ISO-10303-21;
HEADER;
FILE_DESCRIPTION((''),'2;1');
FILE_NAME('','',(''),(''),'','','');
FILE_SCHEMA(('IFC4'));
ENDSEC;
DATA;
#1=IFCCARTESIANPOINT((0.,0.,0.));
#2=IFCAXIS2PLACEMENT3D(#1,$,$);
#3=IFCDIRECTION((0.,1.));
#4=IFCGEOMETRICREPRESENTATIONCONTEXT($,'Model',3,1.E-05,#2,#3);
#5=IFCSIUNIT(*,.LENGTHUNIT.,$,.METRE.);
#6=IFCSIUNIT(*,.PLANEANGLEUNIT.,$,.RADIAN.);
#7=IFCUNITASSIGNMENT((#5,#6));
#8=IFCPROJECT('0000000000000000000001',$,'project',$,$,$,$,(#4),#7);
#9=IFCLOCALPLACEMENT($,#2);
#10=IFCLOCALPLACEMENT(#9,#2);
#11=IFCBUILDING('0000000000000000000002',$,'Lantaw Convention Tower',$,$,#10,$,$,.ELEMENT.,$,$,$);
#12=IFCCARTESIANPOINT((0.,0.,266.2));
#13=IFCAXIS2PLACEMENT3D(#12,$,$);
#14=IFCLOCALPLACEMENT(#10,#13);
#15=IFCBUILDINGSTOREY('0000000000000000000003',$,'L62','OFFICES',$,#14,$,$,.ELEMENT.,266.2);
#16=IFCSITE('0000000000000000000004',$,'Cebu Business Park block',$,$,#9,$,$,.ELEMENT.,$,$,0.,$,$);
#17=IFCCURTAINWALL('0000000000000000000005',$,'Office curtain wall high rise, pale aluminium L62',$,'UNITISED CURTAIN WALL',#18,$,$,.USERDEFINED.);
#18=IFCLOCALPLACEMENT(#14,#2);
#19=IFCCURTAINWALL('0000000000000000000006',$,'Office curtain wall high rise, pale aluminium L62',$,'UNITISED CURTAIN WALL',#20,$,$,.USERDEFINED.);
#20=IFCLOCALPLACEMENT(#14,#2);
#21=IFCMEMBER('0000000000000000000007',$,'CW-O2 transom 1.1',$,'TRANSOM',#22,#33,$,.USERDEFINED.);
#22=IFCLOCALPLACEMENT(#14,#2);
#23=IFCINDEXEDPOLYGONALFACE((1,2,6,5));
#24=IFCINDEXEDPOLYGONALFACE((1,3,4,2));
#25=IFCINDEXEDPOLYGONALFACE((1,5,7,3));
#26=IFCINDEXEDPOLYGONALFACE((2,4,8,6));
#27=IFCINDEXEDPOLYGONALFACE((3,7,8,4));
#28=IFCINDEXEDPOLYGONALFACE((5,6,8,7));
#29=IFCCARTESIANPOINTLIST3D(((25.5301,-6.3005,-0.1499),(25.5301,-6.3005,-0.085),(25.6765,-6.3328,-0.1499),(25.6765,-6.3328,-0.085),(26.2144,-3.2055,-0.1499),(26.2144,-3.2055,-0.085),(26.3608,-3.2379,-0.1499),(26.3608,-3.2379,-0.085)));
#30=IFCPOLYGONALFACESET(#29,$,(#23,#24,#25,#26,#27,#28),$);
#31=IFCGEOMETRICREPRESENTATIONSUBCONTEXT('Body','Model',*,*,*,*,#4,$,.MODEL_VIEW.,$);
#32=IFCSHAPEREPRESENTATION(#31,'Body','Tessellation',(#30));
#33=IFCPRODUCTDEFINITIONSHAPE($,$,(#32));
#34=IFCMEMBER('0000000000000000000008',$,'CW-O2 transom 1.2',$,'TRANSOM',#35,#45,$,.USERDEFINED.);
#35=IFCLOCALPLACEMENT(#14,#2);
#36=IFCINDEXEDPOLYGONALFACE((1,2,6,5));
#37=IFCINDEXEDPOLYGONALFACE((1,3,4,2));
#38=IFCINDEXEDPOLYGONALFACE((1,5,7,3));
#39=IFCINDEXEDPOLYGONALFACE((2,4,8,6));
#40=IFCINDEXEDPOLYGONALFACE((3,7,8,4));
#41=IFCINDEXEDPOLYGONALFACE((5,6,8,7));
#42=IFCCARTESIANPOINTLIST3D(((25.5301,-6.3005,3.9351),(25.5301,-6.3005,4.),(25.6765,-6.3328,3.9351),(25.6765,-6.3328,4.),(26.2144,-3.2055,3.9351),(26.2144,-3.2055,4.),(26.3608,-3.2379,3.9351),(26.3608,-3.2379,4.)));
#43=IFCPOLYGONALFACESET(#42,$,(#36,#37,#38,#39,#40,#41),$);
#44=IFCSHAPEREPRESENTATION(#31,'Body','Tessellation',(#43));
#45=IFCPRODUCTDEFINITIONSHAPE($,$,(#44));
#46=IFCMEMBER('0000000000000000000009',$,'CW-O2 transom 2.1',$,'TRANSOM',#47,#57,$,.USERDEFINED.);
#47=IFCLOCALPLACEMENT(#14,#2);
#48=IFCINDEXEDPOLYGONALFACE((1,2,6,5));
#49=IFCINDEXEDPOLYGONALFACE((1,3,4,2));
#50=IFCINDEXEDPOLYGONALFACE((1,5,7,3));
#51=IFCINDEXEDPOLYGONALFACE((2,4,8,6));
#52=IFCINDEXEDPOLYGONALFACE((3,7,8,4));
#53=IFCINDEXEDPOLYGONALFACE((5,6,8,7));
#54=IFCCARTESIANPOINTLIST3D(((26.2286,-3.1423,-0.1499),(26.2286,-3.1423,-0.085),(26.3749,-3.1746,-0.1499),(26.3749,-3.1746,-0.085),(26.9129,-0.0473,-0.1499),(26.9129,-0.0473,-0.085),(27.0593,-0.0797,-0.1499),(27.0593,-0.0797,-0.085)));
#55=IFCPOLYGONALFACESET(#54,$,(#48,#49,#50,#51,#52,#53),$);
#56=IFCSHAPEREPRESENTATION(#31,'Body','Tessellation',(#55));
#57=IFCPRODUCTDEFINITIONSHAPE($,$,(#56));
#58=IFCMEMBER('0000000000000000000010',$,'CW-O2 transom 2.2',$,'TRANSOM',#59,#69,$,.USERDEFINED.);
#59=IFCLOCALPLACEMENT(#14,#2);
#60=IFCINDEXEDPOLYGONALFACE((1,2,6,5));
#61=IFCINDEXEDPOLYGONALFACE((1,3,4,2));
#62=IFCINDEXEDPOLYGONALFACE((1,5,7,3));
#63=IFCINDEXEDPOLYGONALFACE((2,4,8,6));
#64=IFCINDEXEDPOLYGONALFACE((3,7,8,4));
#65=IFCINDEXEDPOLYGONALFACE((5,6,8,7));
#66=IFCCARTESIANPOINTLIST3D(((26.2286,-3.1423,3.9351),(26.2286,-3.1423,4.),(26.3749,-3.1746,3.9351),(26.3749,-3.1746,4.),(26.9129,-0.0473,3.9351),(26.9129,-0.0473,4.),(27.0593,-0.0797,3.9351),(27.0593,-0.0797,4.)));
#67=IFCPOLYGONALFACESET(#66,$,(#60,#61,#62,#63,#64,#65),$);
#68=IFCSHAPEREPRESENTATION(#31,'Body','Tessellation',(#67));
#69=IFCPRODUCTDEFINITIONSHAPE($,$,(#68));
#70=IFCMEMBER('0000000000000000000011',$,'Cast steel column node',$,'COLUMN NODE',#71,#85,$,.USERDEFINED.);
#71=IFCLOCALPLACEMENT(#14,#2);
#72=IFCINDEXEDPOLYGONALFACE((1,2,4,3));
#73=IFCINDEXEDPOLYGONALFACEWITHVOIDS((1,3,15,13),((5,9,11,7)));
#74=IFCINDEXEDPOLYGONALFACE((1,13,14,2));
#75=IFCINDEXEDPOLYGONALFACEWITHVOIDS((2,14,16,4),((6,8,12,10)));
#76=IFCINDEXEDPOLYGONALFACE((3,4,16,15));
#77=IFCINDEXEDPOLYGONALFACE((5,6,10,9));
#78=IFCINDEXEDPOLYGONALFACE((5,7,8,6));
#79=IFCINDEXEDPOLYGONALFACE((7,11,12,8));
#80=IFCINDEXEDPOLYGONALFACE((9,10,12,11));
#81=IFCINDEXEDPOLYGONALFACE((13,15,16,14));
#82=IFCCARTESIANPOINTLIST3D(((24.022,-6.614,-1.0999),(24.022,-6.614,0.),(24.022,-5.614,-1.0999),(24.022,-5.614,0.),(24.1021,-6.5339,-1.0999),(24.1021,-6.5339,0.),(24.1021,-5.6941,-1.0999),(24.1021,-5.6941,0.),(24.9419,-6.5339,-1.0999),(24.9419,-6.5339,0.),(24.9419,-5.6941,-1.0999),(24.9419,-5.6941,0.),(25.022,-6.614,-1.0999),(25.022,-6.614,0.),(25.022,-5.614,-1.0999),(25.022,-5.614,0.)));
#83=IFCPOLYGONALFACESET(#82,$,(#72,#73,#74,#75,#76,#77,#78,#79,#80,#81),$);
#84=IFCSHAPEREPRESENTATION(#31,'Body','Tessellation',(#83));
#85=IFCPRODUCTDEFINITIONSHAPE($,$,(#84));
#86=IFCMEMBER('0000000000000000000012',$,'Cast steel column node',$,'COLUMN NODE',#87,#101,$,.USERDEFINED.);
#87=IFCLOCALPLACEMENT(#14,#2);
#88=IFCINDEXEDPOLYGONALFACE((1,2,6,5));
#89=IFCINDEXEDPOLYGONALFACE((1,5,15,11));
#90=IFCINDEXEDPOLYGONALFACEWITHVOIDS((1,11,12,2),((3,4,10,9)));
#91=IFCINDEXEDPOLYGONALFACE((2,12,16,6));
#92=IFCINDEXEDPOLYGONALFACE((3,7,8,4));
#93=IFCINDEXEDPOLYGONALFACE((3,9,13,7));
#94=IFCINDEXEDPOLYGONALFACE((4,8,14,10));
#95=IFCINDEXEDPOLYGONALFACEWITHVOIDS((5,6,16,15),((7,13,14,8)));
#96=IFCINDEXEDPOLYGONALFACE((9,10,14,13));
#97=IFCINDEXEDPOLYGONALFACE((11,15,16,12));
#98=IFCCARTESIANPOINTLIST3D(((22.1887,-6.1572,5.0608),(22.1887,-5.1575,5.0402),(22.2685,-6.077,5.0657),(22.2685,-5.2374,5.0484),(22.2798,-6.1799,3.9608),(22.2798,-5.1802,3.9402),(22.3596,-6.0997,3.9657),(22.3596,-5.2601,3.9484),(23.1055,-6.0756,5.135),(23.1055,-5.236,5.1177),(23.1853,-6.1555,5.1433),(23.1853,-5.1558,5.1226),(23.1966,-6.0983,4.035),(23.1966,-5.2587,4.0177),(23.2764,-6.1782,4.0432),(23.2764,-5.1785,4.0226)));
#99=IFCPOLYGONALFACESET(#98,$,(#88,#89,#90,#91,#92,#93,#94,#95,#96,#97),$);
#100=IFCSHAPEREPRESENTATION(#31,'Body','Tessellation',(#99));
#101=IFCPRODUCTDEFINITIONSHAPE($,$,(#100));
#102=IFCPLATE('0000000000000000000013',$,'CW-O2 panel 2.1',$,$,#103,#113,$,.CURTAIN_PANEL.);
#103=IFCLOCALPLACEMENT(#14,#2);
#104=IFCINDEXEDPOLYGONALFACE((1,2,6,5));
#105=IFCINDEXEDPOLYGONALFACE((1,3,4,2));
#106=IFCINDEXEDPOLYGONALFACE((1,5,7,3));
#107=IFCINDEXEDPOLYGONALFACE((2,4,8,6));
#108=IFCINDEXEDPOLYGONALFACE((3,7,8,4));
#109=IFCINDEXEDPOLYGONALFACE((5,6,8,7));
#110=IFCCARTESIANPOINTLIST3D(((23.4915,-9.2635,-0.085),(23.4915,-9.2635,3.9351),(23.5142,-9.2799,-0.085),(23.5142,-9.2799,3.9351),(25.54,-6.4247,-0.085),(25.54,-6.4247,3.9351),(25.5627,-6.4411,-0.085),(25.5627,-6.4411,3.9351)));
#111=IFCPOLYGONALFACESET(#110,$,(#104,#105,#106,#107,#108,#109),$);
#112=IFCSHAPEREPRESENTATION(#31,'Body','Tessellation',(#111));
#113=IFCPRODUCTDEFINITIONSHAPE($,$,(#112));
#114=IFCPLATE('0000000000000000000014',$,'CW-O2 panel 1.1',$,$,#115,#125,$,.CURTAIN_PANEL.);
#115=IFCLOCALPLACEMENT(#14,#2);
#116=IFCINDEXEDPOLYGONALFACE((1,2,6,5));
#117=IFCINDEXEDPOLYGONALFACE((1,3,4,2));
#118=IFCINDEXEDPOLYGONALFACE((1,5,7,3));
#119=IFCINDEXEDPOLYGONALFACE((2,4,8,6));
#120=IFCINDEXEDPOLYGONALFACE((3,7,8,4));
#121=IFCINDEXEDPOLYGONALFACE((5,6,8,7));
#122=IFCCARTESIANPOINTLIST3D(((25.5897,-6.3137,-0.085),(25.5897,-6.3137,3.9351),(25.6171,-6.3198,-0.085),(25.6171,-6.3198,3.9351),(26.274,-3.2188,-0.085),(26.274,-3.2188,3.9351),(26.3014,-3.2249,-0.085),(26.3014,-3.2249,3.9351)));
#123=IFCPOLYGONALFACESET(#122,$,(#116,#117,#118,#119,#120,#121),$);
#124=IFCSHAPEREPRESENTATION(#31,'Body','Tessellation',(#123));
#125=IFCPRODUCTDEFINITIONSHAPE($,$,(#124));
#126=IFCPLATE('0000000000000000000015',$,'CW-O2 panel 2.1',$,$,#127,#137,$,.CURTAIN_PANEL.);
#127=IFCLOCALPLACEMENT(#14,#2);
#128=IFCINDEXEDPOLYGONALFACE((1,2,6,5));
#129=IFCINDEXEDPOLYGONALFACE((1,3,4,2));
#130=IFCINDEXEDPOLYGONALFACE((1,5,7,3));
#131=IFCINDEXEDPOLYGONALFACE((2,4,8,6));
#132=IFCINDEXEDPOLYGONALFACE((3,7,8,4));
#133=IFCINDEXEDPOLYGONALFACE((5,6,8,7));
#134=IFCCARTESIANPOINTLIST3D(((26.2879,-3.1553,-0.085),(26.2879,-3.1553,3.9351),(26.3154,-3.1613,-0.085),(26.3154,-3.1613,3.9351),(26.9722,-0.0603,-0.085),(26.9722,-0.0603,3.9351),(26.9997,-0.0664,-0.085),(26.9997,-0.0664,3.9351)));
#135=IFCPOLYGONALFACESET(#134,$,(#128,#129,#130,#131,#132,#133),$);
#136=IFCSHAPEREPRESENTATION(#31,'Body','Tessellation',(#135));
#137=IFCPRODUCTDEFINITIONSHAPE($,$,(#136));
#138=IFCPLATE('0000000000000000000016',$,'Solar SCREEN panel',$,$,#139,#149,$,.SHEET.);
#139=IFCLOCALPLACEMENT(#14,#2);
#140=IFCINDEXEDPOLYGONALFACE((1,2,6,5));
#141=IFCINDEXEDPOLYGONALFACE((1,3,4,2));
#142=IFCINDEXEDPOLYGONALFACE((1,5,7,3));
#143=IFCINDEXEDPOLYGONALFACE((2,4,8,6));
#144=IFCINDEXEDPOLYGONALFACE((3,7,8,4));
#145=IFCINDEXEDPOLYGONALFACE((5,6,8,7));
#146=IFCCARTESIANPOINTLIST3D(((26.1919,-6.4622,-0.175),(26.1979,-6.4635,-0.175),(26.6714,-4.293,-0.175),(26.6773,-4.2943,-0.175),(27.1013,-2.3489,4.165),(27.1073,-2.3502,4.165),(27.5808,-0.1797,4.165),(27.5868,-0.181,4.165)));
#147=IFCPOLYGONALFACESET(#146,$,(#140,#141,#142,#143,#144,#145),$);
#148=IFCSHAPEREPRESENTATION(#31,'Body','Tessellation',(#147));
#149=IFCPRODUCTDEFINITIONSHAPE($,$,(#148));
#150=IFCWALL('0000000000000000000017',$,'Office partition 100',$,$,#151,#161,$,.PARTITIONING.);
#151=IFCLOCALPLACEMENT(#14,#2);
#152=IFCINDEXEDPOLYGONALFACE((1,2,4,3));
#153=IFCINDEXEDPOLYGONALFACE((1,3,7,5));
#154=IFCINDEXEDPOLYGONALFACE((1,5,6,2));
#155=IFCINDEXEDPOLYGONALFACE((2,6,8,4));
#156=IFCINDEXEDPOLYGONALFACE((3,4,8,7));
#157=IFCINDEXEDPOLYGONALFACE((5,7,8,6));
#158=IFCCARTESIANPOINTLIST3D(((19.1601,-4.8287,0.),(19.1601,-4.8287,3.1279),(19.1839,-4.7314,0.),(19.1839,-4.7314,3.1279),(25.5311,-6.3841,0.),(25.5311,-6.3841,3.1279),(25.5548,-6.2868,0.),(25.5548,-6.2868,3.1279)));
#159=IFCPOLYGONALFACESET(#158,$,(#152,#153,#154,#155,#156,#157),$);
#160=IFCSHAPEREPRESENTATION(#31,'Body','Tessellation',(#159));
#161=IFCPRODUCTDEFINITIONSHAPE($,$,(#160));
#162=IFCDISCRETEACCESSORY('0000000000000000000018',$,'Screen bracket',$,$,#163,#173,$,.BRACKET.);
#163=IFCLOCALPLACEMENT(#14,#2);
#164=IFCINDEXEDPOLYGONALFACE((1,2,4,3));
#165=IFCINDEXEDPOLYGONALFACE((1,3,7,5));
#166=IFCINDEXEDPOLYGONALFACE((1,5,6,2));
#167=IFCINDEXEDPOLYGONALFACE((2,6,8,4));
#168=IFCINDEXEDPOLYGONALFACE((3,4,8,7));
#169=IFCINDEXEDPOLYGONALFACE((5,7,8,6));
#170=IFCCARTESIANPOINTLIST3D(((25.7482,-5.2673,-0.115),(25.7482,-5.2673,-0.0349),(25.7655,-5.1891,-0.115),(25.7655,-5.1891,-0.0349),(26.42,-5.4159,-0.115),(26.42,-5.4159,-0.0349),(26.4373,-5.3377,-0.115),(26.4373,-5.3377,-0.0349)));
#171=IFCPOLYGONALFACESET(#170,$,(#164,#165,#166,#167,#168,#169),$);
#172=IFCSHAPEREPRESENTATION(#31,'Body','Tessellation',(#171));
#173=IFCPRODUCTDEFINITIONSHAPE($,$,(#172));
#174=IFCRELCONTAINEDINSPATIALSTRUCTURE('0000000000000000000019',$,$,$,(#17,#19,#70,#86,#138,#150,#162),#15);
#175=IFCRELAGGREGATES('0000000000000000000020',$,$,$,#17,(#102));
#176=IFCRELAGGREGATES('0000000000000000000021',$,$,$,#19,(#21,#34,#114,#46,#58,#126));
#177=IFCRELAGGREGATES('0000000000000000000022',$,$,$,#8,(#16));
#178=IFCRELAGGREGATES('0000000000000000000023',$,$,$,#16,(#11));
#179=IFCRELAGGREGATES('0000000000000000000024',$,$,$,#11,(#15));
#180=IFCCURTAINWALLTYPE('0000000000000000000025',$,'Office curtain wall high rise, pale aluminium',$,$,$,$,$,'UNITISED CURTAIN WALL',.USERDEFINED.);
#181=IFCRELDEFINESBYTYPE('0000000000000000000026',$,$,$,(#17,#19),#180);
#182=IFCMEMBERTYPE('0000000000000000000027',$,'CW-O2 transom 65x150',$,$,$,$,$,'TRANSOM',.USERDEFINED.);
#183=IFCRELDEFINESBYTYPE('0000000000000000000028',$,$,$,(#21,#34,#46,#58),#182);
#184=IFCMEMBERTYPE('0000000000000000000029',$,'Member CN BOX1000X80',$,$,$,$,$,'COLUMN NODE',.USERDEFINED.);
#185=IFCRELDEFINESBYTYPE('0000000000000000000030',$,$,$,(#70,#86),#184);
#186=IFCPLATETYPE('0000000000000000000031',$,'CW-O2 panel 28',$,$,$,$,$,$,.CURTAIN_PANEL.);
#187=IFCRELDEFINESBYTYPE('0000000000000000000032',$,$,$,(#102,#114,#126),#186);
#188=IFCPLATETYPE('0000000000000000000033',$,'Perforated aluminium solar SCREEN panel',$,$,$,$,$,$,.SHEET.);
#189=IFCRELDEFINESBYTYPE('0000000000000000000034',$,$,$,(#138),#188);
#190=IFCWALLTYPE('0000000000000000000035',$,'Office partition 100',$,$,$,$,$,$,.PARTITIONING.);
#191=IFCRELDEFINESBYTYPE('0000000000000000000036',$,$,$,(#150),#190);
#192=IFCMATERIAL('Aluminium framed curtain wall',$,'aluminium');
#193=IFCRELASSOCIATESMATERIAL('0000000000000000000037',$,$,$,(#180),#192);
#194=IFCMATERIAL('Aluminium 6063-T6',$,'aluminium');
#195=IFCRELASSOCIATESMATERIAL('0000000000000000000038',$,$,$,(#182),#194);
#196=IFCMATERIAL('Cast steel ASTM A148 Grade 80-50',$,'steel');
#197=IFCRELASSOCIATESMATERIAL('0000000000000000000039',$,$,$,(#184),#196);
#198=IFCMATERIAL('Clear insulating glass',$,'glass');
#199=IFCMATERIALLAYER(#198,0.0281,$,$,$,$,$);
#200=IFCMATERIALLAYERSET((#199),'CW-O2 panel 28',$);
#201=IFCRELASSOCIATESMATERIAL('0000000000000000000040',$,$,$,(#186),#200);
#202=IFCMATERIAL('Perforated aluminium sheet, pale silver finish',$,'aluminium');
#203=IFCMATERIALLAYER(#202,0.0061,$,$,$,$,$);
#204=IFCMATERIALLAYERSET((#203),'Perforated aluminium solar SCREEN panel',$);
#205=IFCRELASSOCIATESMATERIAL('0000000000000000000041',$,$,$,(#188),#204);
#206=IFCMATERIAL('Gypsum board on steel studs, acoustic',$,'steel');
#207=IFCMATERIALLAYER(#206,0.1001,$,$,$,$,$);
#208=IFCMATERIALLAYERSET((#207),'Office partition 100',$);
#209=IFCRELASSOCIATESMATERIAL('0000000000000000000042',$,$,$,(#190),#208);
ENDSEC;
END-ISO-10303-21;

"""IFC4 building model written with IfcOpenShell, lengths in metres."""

from ifc_helpers import new_model, si_unit, direction, frame, frame_2d, origin, origin_2d, place, context, subcontext, project, spatial, polyline, rectangle, hollow_rectangle, outline, extrude, material, layer, layer_set, material_profile, profile_set, type_object, element, aggregate, save


model = new_model("IFC4")

# Units and contexts
model_context = context("Model", 3, precision=1e-05, world=origin(), true_north=direction((0.0, 1.0)))
body_context = subcontext(model_context, "Body", "Model", "MODEL_VIEW")
ifc_project = project(units=[si_unit("LENGTHUNIT", "METRE"), si_unit("PLANEANGLEUNIT", "RADIAN")], contexts=[model_context])

# Site, building, storey
site_placement = place(None, origin())
site = spatial("IfcSite", under=ifc_project, at=site_placement, Name="Cebu Business Park block", CompositionType="ELEMENT", RefElevation=0.0)
building_placement = place(site_placement, origin())
building = spatial("IfcBuilding", under=site, at=building_placement, Name="Lantaw Convention Tower", CompositionType="ELEMENT")
storey_placement = place(building_placement, frame((0.0, 0.0, 266.2)))
storey = spatial("IfcBuildingStorey", under=building, at=storey_placement, Name="L62", Description="OFFICES", CompositionType="ELEMENT", Elevation=266.2)

# Curtain wall
ifc_material_1 = material(Name="Aluminium framed curtain wall", Category="aluminium")
curtain_wall_type = type_object("IfcCurtainWallType", Name="Office curtain wall high rise, pale aluminium", ElementType="UNITISED CURTAIN WALL", PredefinedType="USERDEFINED", material=ifc_material_1)
curtain_wall_1_placement = place(storey_placement, origin())
curtain_wall_1 = element("IfcCurtainWall", 1, at=curtain_wall_1_placement, inside=storey, type_object=curtain_wall_type, Name="Office curtain wall high rise, pale aluminium L62", ObjectType="UNITISED CURTAIN WALL", PredefinedType="USERDEFINED")
ifc_material_2 = material(Name="Aluminium 6063-T6", Category="aluminium")

# Curtain wall
curtain_wall_2_placement = place(storey_placement, origin())
curtain_wall_2 = element("IfcCurtainWall", 2, at=curtain_wall_2_placement, inside=storey, type_object=curtain_wall_type, Name="Office curtain wall high rise, pale aluminium L62", ObjectType="UNITISED CURTAIN WALL", PredefinedType="USERDEFINED")

# Members
ifc_material_profile_1 = material_profile(ifc_material_2, rectangle(XDim=0.1499, YDim=0.0649, at=origin_2d()), Name="CW-O2 transom 65x150")
ifc_profile_set_1 = profile_set([ifc_material_profile_1], Name="Aluminium 6063-T6")
member_type_1 = type_object("IfcMemberType", Name="CW-O2 transom 65x150", ElementType="TRANSOM", PredefinedType="USERDEFINED", material=ifc_profile_set_1)
member_1_placement = place(storey_placement, frame((25.6033, -6.3167, -0.1174), z_axis=(0.215895, 0.976417, 0.0), x_axis=(-0.976417, 0.215895, 0.0)))
member_1 = element("IfcMember", 3, at=member_1_placement, type_object=member_type_1, Name="CW-O2 transom 1.1", ObjectType="TRANSOM", PredefinedType="USERDEFINED", context=body_context, shape_type="SweptSolid", body=[
    extrude(rectangle(XDim=0.1499, YDim=0.0649, at=origin_2d()), origin(), (0.0, 0.0, 1.0), 3.1697),
])
member_2_placement = place(storey_placement, frame((25.6033, -6.3167, 3.9675), z_axis=(0.215895, 0.976417, 0.0), x_axis=(-0.976417, 0.215895, 0.0)))
member_2 = element("IfcMember", 4, at=member_2_placement, type_object=member_type_1, Name="CW-O2 transom 1.2", ObjectType="TRANSOM", PredefinedType="USERDEFINED", context=body_context, shape_type="SweptSolid", body=[
    extrude(rectangle(XDim=0.1499, YDim=0.0649, at=origin_2d()), origin(), (0.0, 0.0, 1.0), 3.1697),
])
member_3_placement = place(storey_placement, frame((26.3018, -3.1584, -0.1174), z_axis=(0.215895, 0.976417, 0.0), x_axis=(-0.976417, 0.215895, 0.0)))
member_3 = element("IfcMember", 5, at=member_3_placement, type_object=member_type_1, Name="CW-O2 transom 2.1", ObjectType="TRANSOM", PredefinedType="USERDEFINED", context=body_context, shape_type="SweptSolid", body=[
    extrude(rectangle(XDim=0.1499, YDim=0.0649, at=origin_2d()), origin(), (0.0, 0.0, 1.0), 3.1697),
])
member_4_placement = place(storey_placement, frame((26.3018, -3.1584, 3.9675), z_axis=(0.215895, 0.976417, 0.0), x_axis=(-0.976417, 0.215895, 0.0)))
member_4 = element("IfcMember", 6, at=member_4_placement, type_object=member_type_1, Name="CW-O2 transom 2.2", ObjectType="TRANSOM", PredefinedType="USERDEFINED", context=body_context, shape_type="SweptSolid", body=[
    extrude(rectangle(XDim=0.1499, YDim=0.0649, at=origin_2d()), origin(), (0.0, 0.0, 1.0), 3.1697),
])

# Members
ifc_material_3 = material(Name="Cast steel ASTM A148 Grade 80-50", Category="steel")
ifc_material_profile_2 = material_profile(ifc_material_3, hollow_rectangle(XDim=1.0, YDim=1.0, WallThickness=0.0801, at=origin_2d()), Name="BOX1000X80")
ifc_profile_set_2 = profile_set([ifc_material_profile_2], Name="Cast steel ASTM A148 Grade 80-50")
member_type_2 = type_object("IfcMemberType", Name="Member CN BOX1000X80", ElementType="COLUMN NODE", PredefinedType="USERDEFINED", material=ifc_profile_set_2)
member_5_placement = place(storey_placement, frame((24.522, -6.114, -1.0999), z_axis=(0.0, 0.0, 1.0), x_axis=(1.0, 0.0, 0.0)))
element("IfcMember", 7, at=member_5_placement, inside=storey, type_object=member_type_2, Name="Cast steel column node", ObjectType="COLUMN NODE", PredefinedType="USERDEFINED", context=body_context, shape_type="SweptSolid", body=[
    extrude(hollow_rectangle(XDim=1.0, YDim=1.0, WallThickness=0.0801, at=origin_2d()), origin(), (0.0, 0.0, 1.0), 1.0999),
])
member_6_placement = place(storey_placement, frame((22.7781, -5.6792, 3.9917), z_axis=(-0.082479, 0.020564, 0.996381), x_axis=(0.996593, 0.001698, 0.082461)))
element("IfcMember", 8, at=member_6_placement, inside=storey, type_object=member_type_2, Name="Cast steel column node", ObjectType="COLUMN NODE", PredefinedType="USERDEFINED", context=body_context, shape_type="SweptSolid", body=[
    extrude(hollow_rectangle(XDim=1.0, YDim=1.0, WallThickness=0.0801, at=origin_2d()), origin(), (0.0, 0.0, 1.0), 1.104),
])

# Plates
ifc_material_4 = material(Name="Clear insulating glass", Category="glass")
ifc_layer_1 = layer(ifc_material_4, 0.0281)
ifc_layer_set_1 = layer_set([ifc_layer_1], Name="CW-O2 panel 28")
plate_type_1 = type_object("IfcPlateType", Name="CW-O2 panel 28", PredefinedType="CURTAIN_PANEL", material=ifc_layer_set_1)
plate_1_placement = place(storey_placement, frame((24.5271, -7.8523, -0.085), z_axis=(0.0, 0.0, 1.0), x_axis=(0.585158, 0.81092, 0.0)))
plate_1 = element("IfcPlate", 9, at=plate_1_placement, type_object=plate_type_1, Name="CW-O2 panel 2.1", PredefinedType="CURTAIN_PANEL", context=body_context, shape_type="SweptSolid", body=[
    extrude(rectangle(XDim=3.5007, YDim=0.0281, at=origin_2d()), origin(), (0.0, 0.0, 1.0), 4.02),
])
aggregate(curtain_wall_1, [plate_1])
plate_2_placement = place(storey_placement, frame((25.9456, -4.7693, -0.085), z_axis=(0.0, 0.0, 1.0), x_axis=(0.215891, 0.976417, 0.0)))
plate_2 = element("IfcPlate", 10, at=plate_2_placement, type_object=plate_type_1, Name="CW-O2 panel 1.1", PredefinedType="CURTAIN_PANEL", context=body_context, shape_type="SweptSolid", body=[
    extrude(rectangle(XDim=3.1697, YDim=0.0281, at=origin_2d()), origin(), (0.0, 0.0, 1.0), 4.02),
])
plate_3_placement = place(storey_placement, frame((26.6438, -1.6108, -0.085), z_axis=(0.0, 0.0, 1.0), x_axis=(0.215891, 0.976417, 0.0)))
plate_3 = element("IfcPlate", 11, at=plate_3_placement, type_object=plate_type_1, Name="CW-O2 panel 2.1", PredefinedType="CURTAIN_PANEL", context=body_context, shape_type="SweptSolid", body=[
    extrude(rectangle(XDim=3.1697, YDim=0.0281, at=origin_2d()), origin(), (0.0, 0.0, 1.0), 4.02),
])
aggregate(curtain_wall_2, [member_1, member_2, plate_2, member_3, member_4, plate_3])
ifc_material_5 = material(Name="Perforated aluminium sheet, pale silver finish", Category="aluminium")
ifc_layer_2 = layer(ifc_material_5, 0.0061)
ifc_layer_set_2 = layer_set([ifc_layer_2], Name="Perforated aluminium solar SCREEN panel")
plate_type_2 = type_object("IfcPlateType", Name="Perforated aluminium solar SCREEN panel", PredefinedType="SHEET", material=ifc_layer_set_2)
plate_4_placement = place(storey_placement, frame((26.1919, -6.4622, -0.175), z_axis=(-0.97643, 0.215837, 0.000044), x_axis=(0.215837, 0.97643, 0.0)))
element("IfcPlate", 12, at=plate_4_placement, inside=storey, type_object=plate_type_2, Name="Solar SCREEN panel", PredefinedType="SHEET", context=body_context, shape_type="SweptSolid", body=[
    extrude(outline(polyline([(0.0, 0.0), (2.2216, 0.0), (6.4342, -4.3401), (4.2126, -4.3401), (0.0, 0.0)])), origin(), (0.0, 0.0, -1.0), 0.0061),
])

# Wall
ifc_material_6 = material(Name="Gypsum board on steel studs, acoustic", Category="steel")
ifc_layer_3 = layer(ifc_material_6, 0.1001)
ifc_layer_set_3 = layer_set([ifc_layer_3], Name="Office partition 100")
wall_type = type_object("IfcWallType", Name="Office partition 100", PredefinedType="PARTITIONING", material=ifc_layer_set_3)
wall_placement = place(storey_placement, frame((25.543, -6.3354, 0.0), z_axis=(0.0, 0.0, 1.0), x_axis=(-0.971468, 0.237171, 0.0)))
element("IfcWall", 13, at=wall_placement, inside=storey, type_object=wall_type, Name="Office partition 100", PredefinedType="PARTITIONING", context=body_context, shape_type="SweptSolid", body=[
    extrude(rectangle(XDim=6.5581, YDim=0.1001, at=frame_2d((3.2791, 0.0))), origin(), (0.0, 0.0, 1.0), 3.1279),
])

# Discrete accessory
discrete_accessory_placement = place(storey_placement, frame((26.0928, -5.3025, -0.115), z_axis=(0.0, 0.0, 1.0), x_axis=(0.215891, 0.976417, 0.0)))
element("IfcDiscreteAccessory", 14, at=discrete_accessory_placement, inside=storey, Name="Screen bracket", PredefinedType="BRACKET", context=body_context, shape_type="SweptSolid", body=[
    extrude(rectangle(XDim=0.0801, YDim=0.688, at=origin_2d()), origin(), (0.0, 0.0, 1.0), 0.0801),
])

save(model, "model.ifc")
